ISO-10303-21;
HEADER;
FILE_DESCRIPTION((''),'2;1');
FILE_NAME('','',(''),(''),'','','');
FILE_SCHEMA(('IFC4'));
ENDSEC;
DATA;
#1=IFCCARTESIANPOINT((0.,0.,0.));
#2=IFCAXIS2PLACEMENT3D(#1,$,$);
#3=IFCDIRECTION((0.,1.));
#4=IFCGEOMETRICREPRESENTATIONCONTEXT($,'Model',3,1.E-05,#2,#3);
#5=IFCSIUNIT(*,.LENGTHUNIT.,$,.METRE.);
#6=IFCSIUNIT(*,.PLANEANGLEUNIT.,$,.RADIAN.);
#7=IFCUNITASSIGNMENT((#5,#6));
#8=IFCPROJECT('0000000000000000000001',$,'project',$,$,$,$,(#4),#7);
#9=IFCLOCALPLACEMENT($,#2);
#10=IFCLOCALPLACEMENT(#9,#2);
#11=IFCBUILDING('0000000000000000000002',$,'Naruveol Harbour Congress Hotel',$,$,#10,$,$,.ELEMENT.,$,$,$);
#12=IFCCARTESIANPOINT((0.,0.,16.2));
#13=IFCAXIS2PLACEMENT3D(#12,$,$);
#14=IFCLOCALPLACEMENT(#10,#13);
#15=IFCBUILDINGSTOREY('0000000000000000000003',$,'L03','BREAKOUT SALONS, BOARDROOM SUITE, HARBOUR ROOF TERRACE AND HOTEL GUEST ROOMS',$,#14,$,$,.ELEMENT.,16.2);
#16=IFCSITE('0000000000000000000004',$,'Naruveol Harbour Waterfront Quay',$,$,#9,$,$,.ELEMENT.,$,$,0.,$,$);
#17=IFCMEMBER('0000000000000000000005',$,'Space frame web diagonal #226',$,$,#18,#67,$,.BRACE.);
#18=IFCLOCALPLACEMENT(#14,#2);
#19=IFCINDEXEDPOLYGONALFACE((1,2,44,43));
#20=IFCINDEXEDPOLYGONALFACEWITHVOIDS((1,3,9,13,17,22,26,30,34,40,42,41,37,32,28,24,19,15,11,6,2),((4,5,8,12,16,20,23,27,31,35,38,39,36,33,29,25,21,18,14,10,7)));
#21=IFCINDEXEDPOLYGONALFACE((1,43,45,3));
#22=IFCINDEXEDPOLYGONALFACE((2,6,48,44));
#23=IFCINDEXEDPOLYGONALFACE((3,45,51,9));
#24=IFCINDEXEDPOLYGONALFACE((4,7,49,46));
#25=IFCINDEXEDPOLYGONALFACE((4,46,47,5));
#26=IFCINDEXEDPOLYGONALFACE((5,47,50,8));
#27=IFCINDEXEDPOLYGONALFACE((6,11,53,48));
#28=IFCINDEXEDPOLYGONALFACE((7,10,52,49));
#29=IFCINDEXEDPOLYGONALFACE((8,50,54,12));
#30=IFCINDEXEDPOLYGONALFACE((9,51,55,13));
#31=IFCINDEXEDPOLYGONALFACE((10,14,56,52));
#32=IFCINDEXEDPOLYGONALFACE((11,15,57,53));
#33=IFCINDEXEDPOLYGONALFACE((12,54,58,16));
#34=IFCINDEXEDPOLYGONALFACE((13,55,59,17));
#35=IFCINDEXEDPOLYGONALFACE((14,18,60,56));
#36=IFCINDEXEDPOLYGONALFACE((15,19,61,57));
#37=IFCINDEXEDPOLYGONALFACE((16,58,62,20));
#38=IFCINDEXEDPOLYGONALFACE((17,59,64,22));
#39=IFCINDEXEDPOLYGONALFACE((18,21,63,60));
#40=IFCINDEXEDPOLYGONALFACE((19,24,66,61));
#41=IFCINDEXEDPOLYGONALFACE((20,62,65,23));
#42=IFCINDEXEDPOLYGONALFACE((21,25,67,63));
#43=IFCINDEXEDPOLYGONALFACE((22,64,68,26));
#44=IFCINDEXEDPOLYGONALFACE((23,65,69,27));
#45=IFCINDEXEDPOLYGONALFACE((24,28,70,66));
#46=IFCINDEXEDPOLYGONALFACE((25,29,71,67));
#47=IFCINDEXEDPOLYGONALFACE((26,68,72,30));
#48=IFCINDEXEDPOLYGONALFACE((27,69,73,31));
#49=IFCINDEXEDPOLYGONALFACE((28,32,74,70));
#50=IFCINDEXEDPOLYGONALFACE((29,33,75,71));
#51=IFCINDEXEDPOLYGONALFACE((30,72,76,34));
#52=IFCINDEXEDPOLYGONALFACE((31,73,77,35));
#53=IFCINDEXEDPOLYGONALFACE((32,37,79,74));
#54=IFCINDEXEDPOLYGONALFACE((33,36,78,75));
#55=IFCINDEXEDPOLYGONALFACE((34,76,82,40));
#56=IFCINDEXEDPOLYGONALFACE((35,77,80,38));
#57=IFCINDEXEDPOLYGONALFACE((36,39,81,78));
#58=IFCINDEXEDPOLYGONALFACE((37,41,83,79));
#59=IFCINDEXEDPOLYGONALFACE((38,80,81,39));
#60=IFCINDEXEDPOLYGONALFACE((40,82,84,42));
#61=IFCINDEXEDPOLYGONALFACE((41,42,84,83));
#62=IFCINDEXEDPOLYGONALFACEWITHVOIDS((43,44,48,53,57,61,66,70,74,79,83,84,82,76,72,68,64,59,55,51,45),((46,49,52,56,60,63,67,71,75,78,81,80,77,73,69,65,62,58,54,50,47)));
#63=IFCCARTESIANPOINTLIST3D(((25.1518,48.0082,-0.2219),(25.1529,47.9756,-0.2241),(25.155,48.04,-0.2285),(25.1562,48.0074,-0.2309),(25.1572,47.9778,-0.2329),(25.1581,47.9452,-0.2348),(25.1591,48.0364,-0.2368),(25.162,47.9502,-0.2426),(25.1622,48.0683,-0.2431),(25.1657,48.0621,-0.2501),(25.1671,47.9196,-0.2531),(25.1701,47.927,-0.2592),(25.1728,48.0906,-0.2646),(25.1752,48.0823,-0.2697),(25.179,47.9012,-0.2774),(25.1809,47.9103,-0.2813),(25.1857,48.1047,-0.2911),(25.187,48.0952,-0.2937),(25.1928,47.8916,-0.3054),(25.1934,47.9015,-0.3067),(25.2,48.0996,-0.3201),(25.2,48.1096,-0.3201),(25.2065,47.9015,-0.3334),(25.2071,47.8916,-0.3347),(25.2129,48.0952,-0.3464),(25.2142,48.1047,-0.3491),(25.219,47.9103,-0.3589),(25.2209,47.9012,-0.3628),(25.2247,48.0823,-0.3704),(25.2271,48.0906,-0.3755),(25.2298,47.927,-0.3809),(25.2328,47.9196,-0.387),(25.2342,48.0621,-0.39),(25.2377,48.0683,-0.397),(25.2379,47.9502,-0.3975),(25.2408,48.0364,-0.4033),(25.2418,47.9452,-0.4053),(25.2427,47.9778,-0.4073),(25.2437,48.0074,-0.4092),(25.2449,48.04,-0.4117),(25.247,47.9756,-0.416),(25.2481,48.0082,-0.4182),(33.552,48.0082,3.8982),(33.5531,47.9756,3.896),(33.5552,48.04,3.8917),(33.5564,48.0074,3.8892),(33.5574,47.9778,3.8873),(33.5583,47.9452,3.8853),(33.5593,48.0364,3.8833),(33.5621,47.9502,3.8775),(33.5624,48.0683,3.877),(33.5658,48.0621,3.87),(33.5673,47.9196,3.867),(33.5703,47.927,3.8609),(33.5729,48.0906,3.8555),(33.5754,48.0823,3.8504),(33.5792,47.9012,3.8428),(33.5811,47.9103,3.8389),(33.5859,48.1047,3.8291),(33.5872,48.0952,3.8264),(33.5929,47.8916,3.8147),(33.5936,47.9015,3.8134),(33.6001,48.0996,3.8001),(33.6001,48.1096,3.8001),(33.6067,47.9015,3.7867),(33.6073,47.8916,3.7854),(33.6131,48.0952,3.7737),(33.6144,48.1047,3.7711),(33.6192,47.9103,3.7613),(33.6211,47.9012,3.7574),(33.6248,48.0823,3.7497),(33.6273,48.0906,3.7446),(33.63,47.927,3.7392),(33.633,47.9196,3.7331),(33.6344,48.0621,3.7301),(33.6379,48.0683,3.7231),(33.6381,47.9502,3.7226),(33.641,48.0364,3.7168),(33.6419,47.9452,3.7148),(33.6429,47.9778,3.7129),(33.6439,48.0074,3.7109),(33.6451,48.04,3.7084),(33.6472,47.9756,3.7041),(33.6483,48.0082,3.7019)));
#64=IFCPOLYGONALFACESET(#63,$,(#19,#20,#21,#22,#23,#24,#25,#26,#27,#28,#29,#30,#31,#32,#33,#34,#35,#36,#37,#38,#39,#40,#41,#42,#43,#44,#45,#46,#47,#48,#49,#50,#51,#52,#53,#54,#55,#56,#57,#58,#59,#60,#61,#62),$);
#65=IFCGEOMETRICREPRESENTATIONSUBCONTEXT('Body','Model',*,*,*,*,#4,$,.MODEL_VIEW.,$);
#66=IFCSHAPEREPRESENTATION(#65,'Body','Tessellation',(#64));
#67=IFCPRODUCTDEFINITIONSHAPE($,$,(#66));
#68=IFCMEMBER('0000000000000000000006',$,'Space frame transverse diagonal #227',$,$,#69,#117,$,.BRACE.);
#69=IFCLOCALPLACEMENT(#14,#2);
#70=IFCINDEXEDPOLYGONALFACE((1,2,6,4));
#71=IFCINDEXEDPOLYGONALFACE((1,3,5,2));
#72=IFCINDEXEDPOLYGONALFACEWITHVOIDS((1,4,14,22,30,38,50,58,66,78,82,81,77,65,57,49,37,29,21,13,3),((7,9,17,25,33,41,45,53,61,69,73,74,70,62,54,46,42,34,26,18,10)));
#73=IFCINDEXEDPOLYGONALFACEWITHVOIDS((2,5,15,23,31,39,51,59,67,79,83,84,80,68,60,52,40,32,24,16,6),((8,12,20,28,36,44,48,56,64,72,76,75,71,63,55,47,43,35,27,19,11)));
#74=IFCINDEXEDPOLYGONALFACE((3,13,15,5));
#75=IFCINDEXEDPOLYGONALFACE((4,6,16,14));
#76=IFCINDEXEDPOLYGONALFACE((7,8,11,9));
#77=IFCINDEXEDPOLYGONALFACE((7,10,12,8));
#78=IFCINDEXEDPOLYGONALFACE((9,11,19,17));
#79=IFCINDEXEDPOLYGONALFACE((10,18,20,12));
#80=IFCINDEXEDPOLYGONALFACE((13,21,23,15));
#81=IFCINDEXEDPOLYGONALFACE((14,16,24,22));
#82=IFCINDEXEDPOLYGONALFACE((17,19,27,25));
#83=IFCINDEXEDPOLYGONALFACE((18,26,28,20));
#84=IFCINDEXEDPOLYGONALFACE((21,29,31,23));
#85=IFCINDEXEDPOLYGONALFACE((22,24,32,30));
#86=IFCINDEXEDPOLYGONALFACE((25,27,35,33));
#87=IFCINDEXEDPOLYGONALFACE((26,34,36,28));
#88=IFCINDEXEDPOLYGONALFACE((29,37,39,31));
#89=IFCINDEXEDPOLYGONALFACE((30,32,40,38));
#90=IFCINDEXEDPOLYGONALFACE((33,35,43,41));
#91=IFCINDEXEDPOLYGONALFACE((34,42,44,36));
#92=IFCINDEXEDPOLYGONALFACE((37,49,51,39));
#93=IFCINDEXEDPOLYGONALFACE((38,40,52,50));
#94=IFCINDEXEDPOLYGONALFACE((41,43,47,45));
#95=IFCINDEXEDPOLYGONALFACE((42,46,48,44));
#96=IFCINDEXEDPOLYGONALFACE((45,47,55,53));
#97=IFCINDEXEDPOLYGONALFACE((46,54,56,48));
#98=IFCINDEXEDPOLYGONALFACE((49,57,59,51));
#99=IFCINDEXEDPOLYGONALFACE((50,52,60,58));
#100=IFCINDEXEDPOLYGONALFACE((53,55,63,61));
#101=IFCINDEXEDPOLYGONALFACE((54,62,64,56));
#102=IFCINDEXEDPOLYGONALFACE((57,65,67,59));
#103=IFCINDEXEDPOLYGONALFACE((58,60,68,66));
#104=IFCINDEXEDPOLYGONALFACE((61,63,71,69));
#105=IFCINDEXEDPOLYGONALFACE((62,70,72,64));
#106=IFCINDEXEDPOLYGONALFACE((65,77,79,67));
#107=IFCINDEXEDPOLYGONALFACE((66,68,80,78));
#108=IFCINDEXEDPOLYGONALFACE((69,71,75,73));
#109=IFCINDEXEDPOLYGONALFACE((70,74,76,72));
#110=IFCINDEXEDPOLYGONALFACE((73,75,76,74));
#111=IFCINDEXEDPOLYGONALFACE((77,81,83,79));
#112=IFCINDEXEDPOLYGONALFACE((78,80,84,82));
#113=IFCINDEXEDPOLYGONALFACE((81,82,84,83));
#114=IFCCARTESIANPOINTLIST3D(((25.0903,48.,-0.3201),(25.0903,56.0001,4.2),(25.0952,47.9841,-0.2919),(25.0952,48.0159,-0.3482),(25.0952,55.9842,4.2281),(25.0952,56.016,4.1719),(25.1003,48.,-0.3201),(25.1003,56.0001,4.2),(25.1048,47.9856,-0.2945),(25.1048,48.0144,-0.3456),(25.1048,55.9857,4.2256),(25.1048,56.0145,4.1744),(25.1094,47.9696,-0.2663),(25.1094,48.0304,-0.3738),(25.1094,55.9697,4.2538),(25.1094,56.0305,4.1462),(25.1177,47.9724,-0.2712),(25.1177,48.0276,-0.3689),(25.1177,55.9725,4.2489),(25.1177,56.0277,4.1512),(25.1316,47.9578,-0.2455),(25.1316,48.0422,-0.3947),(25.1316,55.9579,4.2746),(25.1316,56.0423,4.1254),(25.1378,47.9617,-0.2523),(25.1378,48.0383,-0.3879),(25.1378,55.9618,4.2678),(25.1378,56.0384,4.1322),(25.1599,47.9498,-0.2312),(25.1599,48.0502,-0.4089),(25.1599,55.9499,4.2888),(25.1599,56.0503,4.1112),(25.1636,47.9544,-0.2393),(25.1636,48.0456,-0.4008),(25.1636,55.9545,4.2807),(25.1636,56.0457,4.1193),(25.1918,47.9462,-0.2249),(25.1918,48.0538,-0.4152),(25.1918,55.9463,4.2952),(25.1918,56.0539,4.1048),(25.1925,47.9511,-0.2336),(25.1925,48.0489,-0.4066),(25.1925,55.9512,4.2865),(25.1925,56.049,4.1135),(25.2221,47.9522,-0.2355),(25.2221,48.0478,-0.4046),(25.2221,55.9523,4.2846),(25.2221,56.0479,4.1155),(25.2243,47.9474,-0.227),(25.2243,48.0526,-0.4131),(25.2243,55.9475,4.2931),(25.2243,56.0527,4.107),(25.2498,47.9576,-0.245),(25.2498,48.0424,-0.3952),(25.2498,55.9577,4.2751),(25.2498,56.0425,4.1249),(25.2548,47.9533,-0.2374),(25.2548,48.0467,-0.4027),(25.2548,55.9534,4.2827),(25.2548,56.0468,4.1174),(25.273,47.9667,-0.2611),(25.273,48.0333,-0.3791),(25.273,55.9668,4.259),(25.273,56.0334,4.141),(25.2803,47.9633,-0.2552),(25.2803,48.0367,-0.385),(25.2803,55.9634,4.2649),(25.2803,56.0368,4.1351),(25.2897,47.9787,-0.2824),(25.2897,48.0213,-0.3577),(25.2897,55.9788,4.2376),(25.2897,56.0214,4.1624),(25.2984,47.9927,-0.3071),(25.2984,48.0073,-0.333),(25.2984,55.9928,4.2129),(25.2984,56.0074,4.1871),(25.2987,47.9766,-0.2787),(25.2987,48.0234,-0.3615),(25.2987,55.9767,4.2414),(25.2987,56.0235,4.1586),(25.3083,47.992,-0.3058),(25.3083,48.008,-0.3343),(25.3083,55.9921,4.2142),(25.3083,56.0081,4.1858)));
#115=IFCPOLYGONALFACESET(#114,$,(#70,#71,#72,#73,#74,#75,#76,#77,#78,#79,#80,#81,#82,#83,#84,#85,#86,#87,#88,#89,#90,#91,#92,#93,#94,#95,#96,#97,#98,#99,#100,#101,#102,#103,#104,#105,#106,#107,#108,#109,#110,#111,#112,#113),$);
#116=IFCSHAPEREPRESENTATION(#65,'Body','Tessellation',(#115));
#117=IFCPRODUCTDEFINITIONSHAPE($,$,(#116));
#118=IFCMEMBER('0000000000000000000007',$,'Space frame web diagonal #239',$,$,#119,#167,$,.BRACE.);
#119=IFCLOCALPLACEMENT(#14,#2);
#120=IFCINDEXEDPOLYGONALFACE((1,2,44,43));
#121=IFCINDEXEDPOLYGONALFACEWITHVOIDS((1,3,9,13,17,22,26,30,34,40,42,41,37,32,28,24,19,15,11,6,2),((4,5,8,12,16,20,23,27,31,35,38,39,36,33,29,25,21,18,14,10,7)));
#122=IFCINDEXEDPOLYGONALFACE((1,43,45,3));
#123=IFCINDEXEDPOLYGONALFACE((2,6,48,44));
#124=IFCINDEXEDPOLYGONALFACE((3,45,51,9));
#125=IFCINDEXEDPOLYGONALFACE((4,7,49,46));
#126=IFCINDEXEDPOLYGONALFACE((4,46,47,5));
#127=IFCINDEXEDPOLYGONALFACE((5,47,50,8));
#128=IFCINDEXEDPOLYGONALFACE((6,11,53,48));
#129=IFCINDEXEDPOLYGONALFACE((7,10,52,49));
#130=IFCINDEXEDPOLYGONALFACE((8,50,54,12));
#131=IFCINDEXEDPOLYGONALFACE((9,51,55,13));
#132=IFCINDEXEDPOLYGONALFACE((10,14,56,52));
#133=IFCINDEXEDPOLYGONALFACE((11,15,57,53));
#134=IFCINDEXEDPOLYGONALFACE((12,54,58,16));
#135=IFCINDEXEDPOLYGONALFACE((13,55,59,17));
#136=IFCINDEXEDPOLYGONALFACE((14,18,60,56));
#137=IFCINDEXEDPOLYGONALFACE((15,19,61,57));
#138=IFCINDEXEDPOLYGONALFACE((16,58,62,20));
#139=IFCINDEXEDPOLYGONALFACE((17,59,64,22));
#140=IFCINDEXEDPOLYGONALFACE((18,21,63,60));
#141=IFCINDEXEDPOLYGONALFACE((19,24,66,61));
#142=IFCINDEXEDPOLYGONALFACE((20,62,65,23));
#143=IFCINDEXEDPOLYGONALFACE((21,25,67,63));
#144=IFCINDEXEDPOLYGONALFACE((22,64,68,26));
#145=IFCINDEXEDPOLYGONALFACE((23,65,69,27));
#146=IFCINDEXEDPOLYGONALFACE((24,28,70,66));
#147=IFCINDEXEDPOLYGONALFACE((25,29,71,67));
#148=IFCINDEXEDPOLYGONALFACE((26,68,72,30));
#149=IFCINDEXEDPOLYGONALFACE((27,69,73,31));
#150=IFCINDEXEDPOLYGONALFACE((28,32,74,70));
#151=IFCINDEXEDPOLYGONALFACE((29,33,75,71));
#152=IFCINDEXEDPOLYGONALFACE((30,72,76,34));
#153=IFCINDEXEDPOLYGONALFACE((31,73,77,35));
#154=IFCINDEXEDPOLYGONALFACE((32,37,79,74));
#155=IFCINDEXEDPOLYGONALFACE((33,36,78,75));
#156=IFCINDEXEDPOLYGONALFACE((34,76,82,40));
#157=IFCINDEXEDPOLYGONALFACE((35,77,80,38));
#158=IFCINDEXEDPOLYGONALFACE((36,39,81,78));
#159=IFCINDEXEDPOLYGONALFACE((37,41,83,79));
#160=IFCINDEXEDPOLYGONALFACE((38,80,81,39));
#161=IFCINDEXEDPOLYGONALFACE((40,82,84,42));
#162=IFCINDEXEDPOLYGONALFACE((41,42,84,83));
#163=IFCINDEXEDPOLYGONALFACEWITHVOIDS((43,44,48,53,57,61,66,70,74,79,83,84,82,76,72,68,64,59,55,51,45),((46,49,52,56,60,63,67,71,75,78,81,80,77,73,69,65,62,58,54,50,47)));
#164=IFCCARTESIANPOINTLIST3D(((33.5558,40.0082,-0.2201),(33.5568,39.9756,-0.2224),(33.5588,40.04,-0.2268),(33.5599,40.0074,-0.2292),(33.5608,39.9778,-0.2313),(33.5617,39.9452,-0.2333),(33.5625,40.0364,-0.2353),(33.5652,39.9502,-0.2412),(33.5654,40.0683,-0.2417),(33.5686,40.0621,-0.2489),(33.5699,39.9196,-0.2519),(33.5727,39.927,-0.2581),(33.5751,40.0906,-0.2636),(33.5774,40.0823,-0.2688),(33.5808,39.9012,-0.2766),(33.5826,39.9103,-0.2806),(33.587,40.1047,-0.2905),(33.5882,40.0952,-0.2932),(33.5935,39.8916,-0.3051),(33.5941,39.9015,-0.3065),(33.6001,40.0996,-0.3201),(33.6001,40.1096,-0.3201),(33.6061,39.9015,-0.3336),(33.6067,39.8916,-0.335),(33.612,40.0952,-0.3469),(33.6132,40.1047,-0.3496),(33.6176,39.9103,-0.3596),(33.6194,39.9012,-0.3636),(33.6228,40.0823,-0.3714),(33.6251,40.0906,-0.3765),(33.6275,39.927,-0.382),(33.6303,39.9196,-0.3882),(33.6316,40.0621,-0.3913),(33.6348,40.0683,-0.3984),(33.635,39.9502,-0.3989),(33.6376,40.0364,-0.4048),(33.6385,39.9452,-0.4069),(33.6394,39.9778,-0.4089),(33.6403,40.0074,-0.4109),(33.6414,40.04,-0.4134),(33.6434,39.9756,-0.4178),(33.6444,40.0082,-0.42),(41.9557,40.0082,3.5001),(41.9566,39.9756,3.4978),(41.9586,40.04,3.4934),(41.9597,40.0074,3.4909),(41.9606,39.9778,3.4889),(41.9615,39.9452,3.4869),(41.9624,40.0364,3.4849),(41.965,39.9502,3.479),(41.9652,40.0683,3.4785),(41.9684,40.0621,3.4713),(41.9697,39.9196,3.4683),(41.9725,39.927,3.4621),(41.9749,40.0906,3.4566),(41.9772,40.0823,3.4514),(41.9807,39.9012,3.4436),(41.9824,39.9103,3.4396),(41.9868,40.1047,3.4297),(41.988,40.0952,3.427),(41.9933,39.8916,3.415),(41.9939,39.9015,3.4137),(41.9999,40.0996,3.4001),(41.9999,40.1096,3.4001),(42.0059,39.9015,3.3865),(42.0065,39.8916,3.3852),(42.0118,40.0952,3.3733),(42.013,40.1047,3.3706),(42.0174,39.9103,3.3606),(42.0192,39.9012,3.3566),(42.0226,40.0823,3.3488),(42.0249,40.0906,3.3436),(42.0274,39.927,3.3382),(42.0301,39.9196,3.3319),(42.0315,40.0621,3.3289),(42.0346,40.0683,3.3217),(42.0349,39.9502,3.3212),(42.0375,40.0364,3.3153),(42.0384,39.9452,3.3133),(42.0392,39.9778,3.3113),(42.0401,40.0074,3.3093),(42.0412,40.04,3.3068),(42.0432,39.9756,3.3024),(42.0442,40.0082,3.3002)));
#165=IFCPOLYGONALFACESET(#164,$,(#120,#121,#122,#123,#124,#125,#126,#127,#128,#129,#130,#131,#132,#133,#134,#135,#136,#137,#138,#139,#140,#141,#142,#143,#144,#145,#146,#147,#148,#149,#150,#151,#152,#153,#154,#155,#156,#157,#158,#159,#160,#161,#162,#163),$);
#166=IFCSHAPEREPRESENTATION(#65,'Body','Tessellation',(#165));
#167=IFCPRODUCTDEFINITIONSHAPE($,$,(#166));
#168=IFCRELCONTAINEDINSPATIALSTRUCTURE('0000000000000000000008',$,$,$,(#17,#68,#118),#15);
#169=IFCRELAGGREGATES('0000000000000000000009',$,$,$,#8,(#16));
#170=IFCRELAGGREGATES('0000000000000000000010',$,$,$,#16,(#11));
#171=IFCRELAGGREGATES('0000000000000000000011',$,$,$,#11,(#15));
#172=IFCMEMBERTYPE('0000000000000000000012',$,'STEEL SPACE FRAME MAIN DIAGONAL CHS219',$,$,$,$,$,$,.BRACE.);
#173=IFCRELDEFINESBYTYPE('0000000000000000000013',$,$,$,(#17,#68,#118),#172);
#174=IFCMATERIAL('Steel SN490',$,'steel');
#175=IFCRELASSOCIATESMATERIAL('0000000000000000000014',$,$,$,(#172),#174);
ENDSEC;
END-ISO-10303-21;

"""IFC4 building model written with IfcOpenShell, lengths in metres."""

from ifc_helpers import new_model, si_unit, direction, frame, origin, origin_2d, place, context, subcontext, project, spatial, hollow_circle, extrude, material, material_profile, profile_set, type_object, element, save


model = new_model("IFC4")

# Units and contexts
model_context = context("Model", 3, precision=1e-05, world=origin(), true_north=direction((0.0, 1.0)))
body_context = subcontext(model_context, "Body", "Model", "MODEL_VIEW")
ifc_project = project(units=[si_unit("LENGTHUNIT", "METRE"), si_unit("PLANEANGLEUNIT", "RADIAN")], contexts=[model_context])

# Site, building, storey
site_placement = place(None, origin())
site = spatial("IfcSite", under=ifc_project, at=site_placement, Name="Naruveol Harbour Waterfront Quay", CompositionType="ELEMENT", RefElevation=0.0)
building_placement = place(site_placement, origin())
building = spatial("IfcBuilding", under=site, at=building_placement, Name="Naruveol Harbour Congress Hotel", CompositionType="ELEMENT")
storey_placement = place(building_placement, frame((0.0, 0.0, 16.2)))
storey = spatial("IfcBuildingStorey", under=building, at=storey_placement, Name="L03", Description="BREAKOUT SALONS, BOARDROOM SUITE, HARBOUR ROOF TERRACE AND HOTEL GUEST ROOMS", CompositionType="ELEMENT", Elevation=16.2)

# Members
ifc_material_1 = material(Name="Steel SN490", Category="steel")
ifc_material_profile_1 = material_profile(ifc_material_1, hollow_circle(Radius=0.1096, WallThickness=0.01, at=origin_2d()), Name="CHS-219.1x10")
ifc_profile_set_1 = profile_set([ifc_material_profile_1], Name="Steel SN490")
member_type_1 = type_object("IfcMemberType", Name="STEEL SPACE FRAME MAIN DIAGONAL CHS219", PredefinedType="BRACE", material=ifc_profile_set_1)
member_1_placement = place(storey_placement, frame((25.2, 48.0, -0.3201), z_axis=(0.897819, 0.0, 0.440364), x_axis=(0.0, 1.0, 0.0)))
element("IfcMember", 1, at=member_1_placement, inside=storey, type_object=member_type_1, Name="Space frame web diagonal #226", PredefinedType="BRACE", context=body_context, shape_type="SweptSolid", body=[
    extrude(hollow_circle(Radius=0.1096, WallThickness=0.01, at=origin_2d()), origin(), (0.0, 0.0, 1.0), 9.3562),
])
member_2_placement = place(storey_placement, frame((25.2, 48.0, -0.3201), z_axis=(0.0, 0.870643, 0.491915), x_axis=(-1.0, 0.0, 0.0)))
element("IfcMember", 2, at=member_2_placement, inside=storey, type_object=member_type_1, Name="Space frame transverse diagonal #227", PredefinedType="BRACE", context=body_context, shape_type="SweptSolid", body=[
    extrude(hollow_circle(Radius=0.1096, WallThickness=0.01, at=origin_2d()), origin(), (0.0, 0.0, 1.0), 9.1887),
])
member_3_placement = place(storey_placement, frame((33.6001, 40.0, -0.3201), z_axis=(0.914339, 0.0, 0.40495), x_axis=(0.0, 1.0, 0.0)))
element("IfcMember", 3, at=member_3_placement, inside=storey, type_object=member_type_1, Name="Space frame web diagonal #239", PredefinedType="BRACE", context=body_context, shape_type="SweptSolid", body=[
    extrude(hollow_circle(Radius=0.1096, WallThickness=0.01, at=origin_2d()), origin(), (0.0, 0.0, 1.0), 9.1868),
])

save(model, "model.ifc")
